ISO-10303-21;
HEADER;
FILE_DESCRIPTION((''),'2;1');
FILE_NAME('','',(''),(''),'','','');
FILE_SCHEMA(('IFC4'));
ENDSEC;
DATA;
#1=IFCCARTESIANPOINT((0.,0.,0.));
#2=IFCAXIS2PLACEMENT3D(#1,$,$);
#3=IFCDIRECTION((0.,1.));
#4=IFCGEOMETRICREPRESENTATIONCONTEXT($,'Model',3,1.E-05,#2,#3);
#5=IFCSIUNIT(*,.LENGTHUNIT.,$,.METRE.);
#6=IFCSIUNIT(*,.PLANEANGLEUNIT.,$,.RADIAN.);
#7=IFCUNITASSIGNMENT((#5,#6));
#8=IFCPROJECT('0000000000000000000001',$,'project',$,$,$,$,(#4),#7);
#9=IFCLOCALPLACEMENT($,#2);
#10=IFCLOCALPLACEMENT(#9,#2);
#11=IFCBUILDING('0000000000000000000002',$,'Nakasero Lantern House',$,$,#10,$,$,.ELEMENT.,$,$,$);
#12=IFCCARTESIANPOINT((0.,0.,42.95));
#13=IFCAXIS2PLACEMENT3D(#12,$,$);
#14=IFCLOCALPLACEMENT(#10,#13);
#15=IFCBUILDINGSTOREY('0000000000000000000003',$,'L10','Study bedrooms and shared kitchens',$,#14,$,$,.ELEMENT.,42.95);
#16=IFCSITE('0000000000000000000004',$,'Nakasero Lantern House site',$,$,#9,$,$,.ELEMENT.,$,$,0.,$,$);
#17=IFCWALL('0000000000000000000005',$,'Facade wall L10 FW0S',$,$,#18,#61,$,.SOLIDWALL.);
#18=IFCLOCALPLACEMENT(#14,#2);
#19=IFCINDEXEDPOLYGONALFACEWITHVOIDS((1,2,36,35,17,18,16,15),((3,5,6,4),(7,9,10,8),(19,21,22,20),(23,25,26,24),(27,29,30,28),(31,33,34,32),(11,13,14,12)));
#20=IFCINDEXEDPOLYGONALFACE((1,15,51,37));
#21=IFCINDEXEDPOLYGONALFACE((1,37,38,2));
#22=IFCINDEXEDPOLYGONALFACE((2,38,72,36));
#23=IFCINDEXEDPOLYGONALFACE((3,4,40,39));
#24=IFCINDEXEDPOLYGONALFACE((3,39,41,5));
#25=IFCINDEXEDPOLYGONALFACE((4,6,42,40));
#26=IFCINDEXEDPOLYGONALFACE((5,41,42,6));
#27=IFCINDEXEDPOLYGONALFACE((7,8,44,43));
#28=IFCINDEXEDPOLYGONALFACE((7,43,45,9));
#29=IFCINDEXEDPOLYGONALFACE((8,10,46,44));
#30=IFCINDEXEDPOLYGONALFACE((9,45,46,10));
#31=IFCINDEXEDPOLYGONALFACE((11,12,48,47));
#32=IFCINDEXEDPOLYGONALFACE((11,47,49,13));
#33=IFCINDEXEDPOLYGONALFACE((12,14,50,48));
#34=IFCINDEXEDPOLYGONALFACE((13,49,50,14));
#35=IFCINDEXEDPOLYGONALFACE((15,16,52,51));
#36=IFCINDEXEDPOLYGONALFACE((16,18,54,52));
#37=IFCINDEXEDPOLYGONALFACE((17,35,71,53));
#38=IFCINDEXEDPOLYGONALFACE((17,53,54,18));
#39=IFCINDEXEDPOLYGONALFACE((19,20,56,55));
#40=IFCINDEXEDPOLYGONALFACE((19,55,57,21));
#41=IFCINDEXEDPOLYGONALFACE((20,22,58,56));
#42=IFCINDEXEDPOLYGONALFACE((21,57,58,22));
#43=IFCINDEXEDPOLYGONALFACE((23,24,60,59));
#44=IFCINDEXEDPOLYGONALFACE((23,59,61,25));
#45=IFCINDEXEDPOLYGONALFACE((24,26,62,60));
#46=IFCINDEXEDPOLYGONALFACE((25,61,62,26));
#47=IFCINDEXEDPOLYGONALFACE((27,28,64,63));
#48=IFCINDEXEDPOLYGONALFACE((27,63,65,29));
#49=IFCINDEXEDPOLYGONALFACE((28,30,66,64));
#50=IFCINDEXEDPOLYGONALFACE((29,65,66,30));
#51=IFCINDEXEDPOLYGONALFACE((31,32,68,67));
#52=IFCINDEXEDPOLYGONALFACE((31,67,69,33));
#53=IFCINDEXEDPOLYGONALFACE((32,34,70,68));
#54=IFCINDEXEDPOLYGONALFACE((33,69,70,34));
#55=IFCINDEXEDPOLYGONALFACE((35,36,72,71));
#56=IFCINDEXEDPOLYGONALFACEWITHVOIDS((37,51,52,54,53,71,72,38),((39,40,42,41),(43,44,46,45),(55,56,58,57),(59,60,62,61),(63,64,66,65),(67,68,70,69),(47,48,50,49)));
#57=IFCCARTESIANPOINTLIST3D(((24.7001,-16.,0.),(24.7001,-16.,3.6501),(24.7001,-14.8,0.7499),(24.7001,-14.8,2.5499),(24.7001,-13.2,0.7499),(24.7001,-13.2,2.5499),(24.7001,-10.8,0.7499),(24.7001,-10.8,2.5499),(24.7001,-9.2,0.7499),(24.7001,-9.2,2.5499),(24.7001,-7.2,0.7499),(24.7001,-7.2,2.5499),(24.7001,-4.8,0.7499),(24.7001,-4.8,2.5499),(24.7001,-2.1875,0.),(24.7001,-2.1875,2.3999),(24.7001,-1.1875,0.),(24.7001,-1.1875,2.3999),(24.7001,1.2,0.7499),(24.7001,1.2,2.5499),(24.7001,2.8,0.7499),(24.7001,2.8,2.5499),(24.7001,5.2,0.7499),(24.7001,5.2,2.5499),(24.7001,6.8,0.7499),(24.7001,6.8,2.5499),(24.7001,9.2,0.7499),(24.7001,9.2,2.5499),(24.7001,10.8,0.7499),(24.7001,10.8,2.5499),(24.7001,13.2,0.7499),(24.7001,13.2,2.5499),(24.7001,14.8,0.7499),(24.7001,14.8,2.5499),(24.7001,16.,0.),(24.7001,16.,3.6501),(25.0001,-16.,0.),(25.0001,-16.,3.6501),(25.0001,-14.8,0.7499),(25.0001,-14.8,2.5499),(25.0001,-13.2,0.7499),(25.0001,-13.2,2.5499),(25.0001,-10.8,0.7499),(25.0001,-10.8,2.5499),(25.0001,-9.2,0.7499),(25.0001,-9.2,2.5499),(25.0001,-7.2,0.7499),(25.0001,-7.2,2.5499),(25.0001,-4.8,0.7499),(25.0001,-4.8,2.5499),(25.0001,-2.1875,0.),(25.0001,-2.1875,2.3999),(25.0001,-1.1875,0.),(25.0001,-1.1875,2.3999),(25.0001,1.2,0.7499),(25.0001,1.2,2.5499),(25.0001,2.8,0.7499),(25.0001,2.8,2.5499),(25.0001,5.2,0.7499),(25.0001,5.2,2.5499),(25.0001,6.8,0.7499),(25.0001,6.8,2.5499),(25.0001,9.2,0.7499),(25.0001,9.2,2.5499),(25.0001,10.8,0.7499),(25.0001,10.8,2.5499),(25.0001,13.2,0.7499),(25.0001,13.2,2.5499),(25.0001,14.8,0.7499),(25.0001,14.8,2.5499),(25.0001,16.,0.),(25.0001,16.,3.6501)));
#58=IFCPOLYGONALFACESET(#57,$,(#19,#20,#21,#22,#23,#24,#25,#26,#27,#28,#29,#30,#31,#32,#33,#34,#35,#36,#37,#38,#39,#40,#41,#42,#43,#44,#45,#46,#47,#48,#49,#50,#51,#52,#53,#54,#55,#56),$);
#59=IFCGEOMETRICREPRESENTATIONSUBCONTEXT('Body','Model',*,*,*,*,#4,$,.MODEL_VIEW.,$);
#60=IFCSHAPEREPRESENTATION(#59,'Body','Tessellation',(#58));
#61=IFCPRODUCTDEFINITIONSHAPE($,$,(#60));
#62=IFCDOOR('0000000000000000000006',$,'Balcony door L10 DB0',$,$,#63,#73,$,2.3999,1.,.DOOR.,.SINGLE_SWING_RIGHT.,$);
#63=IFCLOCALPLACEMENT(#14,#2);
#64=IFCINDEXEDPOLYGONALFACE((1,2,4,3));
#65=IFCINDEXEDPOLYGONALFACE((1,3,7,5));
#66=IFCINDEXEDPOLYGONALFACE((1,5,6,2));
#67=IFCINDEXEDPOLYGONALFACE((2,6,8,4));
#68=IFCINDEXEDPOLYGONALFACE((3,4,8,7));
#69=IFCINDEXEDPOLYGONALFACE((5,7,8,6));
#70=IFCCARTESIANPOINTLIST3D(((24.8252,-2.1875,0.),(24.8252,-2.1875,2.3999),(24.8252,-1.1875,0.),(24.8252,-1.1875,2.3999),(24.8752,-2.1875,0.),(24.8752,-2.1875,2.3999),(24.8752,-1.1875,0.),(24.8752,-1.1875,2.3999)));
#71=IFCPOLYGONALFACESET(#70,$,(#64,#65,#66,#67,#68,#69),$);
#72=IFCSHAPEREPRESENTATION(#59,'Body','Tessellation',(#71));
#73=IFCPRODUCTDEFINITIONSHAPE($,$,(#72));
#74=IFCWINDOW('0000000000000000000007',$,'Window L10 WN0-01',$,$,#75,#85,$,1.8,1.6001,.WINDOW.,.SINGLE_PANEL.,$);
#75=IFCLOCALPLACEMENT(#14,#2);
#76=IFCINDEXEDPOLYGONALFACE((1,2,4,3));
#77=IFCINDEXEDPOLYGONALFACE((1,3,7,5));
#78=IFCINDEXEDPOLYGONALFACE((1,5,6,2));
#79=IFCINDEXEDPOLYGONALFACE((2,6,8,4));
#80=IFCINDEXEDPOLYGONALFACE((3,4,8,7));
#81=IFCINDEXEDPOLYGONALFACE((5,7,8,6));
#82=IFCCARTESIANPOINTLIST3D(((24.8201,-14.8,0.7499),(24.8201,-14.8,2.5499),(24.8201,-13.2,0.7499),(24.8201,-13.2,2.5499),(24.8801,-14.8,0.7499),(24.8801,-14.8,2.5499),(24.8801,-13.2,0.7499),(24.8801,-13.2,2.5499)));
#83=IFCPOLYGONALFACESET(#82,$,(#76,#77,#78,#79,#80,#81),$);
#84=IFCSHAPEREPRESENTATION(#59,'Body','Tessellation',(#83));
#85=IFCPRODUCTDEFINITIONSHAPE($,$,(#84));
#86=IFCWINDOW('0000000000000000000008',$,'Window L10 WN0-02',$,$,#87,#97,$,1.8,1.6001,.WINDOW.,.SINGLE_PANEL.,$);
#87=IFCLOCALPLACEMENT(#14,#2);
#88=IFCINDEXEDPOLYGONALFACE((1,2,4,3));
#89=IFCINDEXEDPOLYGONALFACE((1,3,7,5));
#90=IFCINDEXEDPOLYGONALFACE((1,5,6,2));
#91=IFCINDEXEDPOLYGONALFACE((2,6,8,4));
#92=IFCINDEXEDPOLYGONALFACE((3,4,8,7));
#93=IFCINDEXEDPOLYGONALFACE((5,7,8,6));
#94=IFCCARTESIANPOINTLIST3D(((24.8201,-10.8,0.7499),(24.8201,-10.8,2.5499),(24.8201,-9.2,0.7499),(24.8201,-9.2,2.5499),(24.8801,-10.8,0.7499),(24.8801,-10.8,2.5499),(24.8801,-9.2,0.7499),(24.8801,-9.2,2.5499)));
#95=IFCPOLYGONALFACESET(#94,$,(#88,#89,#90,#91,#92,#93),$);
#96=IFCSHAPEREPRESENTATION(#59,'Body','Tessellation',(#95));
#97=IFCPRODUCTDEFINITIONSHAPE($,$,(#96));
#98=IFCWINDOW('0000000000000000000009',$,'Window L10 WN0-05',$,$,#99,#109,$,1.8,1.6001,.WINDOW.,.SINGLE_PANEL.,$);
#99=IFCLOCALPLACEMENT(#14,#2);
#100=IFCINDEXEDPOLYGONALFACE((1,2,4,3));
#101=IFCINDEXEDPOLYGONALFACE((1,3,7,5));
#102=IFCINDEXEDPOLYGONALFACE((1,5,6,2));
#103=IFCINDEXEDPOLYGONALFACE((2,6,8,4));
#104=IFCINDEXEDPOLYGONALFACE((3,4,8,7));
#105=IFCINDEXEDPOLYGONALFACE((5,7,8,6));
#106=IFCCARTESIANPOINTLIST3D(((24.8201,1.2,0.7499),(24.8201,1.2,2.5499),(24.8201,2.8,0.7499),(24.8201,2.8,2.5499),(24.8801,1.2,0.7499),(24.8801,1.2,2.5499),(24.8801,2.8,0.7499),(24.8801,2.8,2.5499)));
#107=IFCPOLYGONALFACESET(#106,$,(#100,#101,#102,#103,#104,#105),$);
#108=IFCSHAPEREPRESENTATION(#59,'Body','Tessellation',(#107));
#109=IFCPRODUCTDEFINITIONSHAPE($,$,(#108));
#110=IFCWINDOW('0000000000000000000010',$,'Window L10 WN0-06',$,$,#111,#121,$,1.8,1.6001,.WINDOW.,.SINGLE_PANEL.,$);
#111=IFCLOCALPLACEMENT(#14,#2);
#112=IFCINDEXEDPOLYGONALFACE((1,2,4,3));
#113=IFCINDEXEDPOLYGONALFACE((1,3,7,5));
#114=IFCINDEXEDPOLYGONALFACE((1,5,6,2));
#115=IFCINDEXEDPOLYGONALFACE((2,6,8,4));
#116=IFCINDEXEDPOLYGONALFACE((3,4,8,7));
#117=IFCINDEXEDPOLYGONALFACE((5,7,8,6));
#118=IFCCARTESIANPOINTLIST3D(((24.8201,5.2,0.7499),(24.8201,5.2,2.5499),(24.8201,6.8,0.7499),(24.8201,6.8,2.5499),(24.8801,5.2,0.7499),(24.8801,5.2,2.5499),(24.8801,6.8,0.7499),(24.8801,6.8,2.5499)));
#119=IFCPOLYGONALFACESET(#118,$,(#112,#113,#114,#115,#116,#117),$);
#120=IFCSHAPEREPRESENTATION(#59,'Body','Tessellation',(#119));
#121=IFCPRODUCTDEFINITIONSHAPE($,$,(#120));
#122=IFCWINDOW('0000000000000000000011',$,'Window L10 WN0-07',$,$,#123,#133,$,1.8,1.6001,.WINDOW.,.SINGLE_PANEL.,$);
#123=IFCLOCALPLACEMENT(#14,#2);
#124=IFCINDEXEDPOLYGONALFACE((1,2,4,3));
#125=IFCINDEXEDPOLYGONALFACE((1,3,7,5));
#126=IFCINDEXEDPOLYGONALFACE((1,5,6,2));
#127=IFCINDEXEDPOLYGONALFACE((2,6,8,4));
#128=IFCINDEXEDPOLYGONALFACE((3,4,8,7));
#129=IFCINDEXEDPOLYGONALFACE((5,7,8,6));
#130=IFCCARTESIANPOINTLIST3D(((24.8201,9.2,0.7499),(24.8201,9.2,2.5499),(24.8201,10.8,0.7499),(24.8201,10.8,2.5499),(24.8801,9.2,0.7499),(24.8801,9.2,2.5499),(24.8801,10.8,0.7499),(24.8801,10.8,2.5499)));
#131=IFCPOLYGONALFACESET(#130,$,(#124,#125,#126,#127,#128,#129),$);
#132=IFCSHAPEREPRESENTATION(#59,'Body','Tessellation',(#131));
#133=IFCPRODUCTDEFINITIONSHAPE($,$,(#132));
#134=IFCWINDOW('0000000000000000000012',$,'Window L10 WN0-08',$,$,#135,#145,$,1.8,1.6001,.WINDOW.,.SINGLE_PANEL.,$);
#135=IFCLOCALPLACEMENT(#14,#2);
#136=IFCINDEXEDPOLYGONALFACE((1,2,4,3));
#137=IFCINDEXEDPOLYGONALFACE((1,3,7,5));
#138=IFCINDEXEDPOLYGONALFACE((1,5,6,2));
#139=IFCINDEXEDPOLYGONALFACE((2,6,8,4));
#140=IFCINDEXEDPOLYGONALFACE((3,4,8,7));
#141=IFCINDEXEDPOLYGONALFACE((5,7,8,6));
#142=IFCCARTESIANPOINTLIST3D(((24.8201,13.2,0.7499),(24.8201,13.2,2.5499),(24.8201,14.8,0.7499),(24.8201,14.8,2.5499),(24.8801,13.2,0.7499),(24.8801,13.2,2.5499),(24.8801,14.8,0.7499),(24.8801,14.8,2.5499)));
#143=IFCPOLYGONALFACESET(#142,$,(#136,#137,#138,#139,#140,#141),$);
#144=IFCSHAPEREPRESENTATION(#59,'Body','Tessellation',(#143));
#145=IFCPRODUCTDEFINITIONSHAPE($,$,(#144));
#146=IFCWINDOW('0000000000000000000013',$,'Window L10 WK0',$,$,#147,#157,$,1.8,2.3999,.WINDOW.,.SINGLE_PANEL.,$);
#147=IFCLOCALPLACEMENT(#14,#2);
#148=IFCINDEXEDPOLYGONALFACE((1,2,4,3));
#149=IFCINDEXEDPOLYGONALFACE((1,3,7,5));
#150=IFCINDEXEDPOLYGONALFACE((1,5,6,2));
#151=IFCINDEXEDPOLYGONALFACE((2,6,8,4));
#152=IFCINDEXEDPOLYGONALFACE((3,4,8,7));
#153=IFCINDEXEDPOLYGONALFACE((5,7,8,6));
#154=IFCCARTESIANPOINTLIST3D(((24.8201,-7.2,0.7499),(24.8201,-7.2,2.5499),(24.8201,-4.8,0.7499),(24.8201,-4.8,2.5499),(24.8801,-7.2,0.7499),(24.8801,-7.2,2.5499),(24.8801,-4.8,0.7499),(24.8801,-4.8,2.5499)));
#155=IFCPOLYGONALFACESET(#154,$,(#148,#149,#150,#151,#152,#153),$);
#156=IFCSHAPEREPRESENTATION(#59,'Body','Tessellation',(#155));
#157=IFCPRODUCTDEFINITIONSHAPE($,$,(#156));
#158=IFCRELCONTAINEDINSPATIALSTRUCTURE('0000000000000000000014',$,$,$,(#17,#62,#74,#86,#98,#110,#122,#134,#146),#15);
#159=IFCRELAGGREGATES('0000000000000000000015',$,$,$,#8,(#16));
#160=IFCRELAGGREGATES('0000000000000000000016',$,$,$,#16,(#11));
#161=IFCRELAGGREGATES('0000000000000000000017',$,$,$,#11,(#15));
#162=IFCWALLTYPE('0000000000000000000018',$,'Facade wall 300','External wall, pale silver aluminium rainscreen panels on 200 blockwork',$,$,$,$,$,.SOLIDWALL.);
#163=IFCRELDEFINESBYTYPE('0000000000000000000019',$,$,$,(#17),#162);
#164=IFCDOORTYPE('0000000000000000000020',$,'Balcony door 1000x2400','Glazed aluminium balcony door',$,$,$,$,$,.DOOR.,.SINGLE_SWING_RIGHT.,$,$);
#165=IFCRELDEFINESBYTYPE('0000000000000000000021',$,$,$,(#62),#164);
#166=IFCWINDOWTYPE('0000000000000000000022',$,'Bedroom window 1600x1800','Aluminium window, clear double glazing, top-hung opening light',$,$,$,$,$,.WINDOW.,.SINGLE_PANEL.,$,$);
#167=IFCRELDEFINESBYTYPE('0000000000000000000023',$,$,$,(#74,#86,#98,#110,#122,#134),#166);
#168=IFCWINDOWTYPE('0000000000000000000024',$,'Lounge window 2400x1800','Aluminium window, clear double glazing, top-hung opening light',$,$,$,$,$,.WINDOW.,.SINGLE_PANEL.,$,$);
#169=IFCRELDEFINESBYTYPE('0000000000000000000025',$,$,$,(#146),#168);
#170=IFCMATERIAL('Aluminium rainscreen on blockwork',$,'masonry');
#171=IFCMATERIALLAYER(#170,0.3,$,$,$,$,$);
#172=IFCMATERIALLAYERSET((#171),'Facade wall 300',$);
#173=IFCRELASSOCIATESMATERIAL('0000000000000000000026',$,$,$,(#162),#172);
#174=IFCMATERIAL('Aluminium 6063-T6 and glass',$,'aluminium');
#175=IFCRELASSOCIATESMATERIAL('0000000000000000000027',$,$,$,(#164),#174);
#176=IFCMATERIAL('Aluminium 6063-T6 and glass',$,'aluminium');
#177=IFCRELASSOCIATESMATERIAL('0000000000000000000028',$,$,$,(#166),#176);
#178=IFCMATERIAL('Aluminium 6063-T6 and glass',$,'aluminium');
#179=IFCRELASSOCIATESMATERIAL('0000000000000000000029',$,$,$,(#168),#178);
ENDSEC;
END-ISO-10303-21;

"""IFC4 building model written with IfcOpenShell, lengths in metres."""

from ifc_helpers import new_model, si_unit, direction, frame, frame_2d, origin, place, context, subcontext, project, spatial, rectangle, extrude, material, layer, layer_set, type_object, element, fill, save


model = new_model("IFC4")

# Units and contexts
model_context = context("Model", 3, precision=1e-05, world=origin(), true_north=direction((0.0, 1.0)))
body_context = subcontext(model_context, "Body", "Model", "MODEL_VIEW")
ifc_project = project(units=[si_unit("LENGTHUNIT", "METRE"), si_unit("PLANEANGLEUNIT", "RADIAN")], contexts=[model_context])

# Site, building, storey
site_placement = place(None, origin())
site = spatial("IfcSite", under=ifc_project, at=site_placement, Name="Nakasero Lantern House site", CompositionType="ELEMENT", RefElevation=0.0)
building_placement = place(site_placement, origin())
building = spatial("IfcBuilding", under=site, at=building_placement, Name="Nakasero Lantern House", CompositionType="ELEMENT")
storey_placement = place(building_placement, frame((0.0, 0.0, 42.95)))
storey = spatial("IfcBuildingStorey", under=building, at=storey_placement, Name="L10", Description="Study bedrooms and shared kitchens", CompositionType="ELEMENT", Elevation=42.95)

# Wall, openings, door, windows
ifc_material_1 = material(Name="Aluminium rainscreen on blockwork", Category="masonry")
ifc_layer_1 = layer(ifc_material_1, 0.3)
ifc_layer_set_1 = layer_set([ifc_layer_1], Name="Facade wall 300")
wall_type_1 = type_object("IfcWallType", Name="Facade wall 300", Description="External wall, pale silver aluminium rainscreen panels on 200 blockwork", PredefinedType="SOLIDWALL", material=ifc_layer_set_1)
wall_1_placement = place(storey_placement, frame((24.8501, -16.0, 0.0), z_axis=(0.0, 0.0, 1.0), x_axis=(0.0, 1.0, 0.0)))
wall_1 = element("IfcWall", 1, at=wall_1_placement, inside=storey, type_object=wall_type_1, Name="Facade wall L10 FW0S", PredefinedType="SOLIDWALL", context=body_context, shape_type="SweptSolid", body=[
    extrude(rectangle(XDim=32.0, YDim=0.3, at=frame_2d((16.0, 0.0))), origin(), (0.0, 0.0, 1.0), 3.6501),
])
opening_1_placement = place(wall_1_placement, frame((1.2, 0.0, 0.75)))
opening_1 = element("IfcOpeningElement", 2, at=opening_1_placement, cuts=wall_1, PredefinedType="OPENING", context=body_context, shape_type="SweptSolid", body=[
    extrude(rectangle(XDim=1.6001, YDim=1.8, at=frame_2d((0.8, 0.8999))), frame((0.0, 0.1699, 0.0), z_axis=(0.0, -1.0, 0.0), x_axis=(1.0, 0.0, 0.0)), (0.0, 0.0, 1.0), 0.3401),
])
opening_2_placement = place(wall_1_placement, frame((5.2, 0.0, 0.75)))
opening_2 = element("IfcOpeningElement", 3, at=opening_2_placement, cuts=wall_1, PredefinedType="OPENING", context=body_context, shape_type="SweptSolid", body=[
    extrude(rectangle(XDim=1.6001, YDim=1.8, at=frame_2d((0.8, 0.8999))), frame((0.0, 0.1699, 0.0), z_axis=(0.0, -1.0, 0.0), x_axis=(1.0, 0.0, 0.0)), (0.0, 0.0, 1.0), 0.3401),
])
opening_3_placement = place(wall_1_placement, frame((17.2, 0.0, 0.75)))
opening_3 = element("IfcOpeningElement", 4, at=opening_3_placement, cuts=wall_1, PredefinedType="OPENING", context=body_context, shape_type="SweptSolid", body=[
    extrude(rectangle(XDim=1.6001, YDim=1.8, at=frame_2d((0.8, 0.8999))), frame((0.0, 0.1699, 0.0), z_axis=(0.0, -1.0, 0.0), x_axis=(1.0, 0.0, 0.0)), (0.0, 0.0, 1.0), 0.3401),
])
opening_4_placement = place(wall_1_placement, frame((21.2, 0.0, 0.75)))
opening_4 = element("IfcOpeningElement", 5, at=opening_4_placement, cuts=wall_1, PredefinedType="OPENING", context=body_context, shape_type="SweptSolid", body=[
    extrude(rectangle(XDim=1.6001, YDim=1.8, at=frame_2d((0.8, 0.8999))), frame((0.0, 0.1699, 0.0), z_axis=(0.0, -1.0, 0.0), x_axis=(1.0, 0.0, 0.0)), (0.0, 0.0, 1.0), 0.3401),
])
opening_5_placement = place(wall_1_placement, frame((25.2, 0.0, 0.75)))
opening_5 = element("IfcOpeningElement", 6, at=opening_5_placement, cuts=wall_1, PredefinedType="OPENING", context=body_context, shape_type="SweptSolid", body=[
    extrude(rectangle(XDim=1.6001, YDim=1.8, at=frame_2d((0.8, 0.8999))), frame((0.0, 0.1699, 0.0), z_axis=(0.0, -1.0, 0.0), x_axis=(1.0, 0.0, 0.0)), (0.0, 0.0, 1.0), 0.3401),
])
opening_6_placement = place(wall_1_placement, frame((29.2, 0.0, 0.75)))
opening_6 = element("IfcOpeningElement", 7, at=opening_6_placement, cuts=wall_1, PredefinedType="OPENING", context=body_context, shape_type="SweptSolid", body=[
    extrude(rectangle(XDim=1.6001, YDim=1.8, at=frame_2d((0.8, 0.8999))), frame((0.0, 0.1699, 0.0), z_axis=(0.0, -1.0, 0.0), x_axis=(1.0, 0.0, 0.0)), (0.0, 0.0, 1.0), 0.3401),
])
opening_7_placement = place(wall_1_placement, frame((8.8, 0.0, 0.75)))
opening_7 = element("IfcOpeningElement", 8, at=opening_7_placement, cuts=wall_1, PredefinedType="OPENING", context=body_context, shape_type="SweptSolid", body=[
    extrude(rectangle(XDim=2.3999, YDim=1.8, at=frame_2d((1.2, 0.8999))), frame((0.0, 0.1699, 0.0), z_axis=(0.0, -1.0, 0.0), x_axis=(1.0, 0.0, 0.0)), (0.0, 0.0, 1.0), 0.3401),
])
opening_8_placement = place(wall_1_placement, frame((13.8125, 0.0, 0.0)))
opening_8 = element("IfcOpeningElement", 9, at=opening_8_placement, cuts=wall_1, PredefinedType="OPENING", context=body_context, shape_type="SweptSolid", body=[
    extrude(rectangle(XDim=1.0, YDim=2.3999, at=frame_2d((0.5, 1.2))), frame((0.0, 0.1699, 0.0), z_axis=(0.0, -1.0, 0.0), x_axis=(1.0, 0.0, 0.0)), (0.0, 0.0, 1.0), 0.3401),
])
ifc_material_2 = material(Name="Aluminium 6063-T6 and glass", Category="aluminium")
door_type_1 = type_object("IfcDoorType", Name="Balcony door 1000x2400", Description="Glazed aluminium balcony door", OperationType="SINGLE_SWING_RIGHT", PredefinedType="DOOR", material=ifc_material_2)
door_1_placement = place(opening_8_placement, origin())
door_1 = element("IfcDoor", 10, at=door_1_placement, inside=storey, type_object=door_type_1, Name="Balcony door L10 DB0", OperationType="SINGLE_SWING_RIGHT", OverallHeight=2.3999, OverallWidth=1.0, PredefinedType="DOOR", context=body_context, shape_type="SweptSolid", body=[
    extrude(rectangle(XDim=1.0, YDim=2.3999, at=frame_2d((0.5, 1.2))), frame((0.0, 0.0249, 0.0), z_axis=(0.0, -1.0, 0.0), x_axis=(1.0, 0.0, 0.0)), (0.0, 0.0, 1.0), 0.05),
])
fill(opening_8, door_1)
ifc_material_3 = material(Name="Aluminium 6063-T6 and glass", Category="aluminium")
window_type_1 = type_object("IfcWindowType", Name="Bedroom window 1600x1800", Description="Aluminium window, clear double glazing, top-hung opening light", PartitioningType="SINGLE_PANEL", PredefinedType="WINDOW", material=ifc_material_3)
window_1_placement = place(opening_1_placement, origin())
window_1 = element("IfcWindow", 11, at=window_1_placement, inside=storey, type_object=window_type_1, Name="Window L10 WN0-01", OverallHeight=1.8, OverallWidth=1.6001, PartitioningType="SINGLE_PANEL", PredefinedType="WINDOW", context=body_context, shape_type="SweptSolid", body=[
    extrude(rectangle(XDim=1.6001, YDim=1.8, at=frame_2d((0.8, 0.8999))), frame((0.0, 0.03, 0.0), z_axis=(0.0, -1.0, 0.0), x_axis=(1.0, 0.0, 0.0)), (0.0, 0.0, 1.0), 0.0601),
])
fill(opening_1, window_1)
window_2_placement = place(opening_2_placement, origin())
window_2 = element("IfcWindow", 12, at=window_2_placement, inside=storey, type_object=window_type_1, Name="Window L10 WN0-02", OverallHeight=1.8, OverallWidth=1.6001, PartitioningType="SINGLE_PANEL", PredefinedType="WINDOW", context=body_context, shape_type="SweptSolid", body=[
    extrude(rectangle(XDim=1.6001, YDim=1.8, at=frame_2d((0.8, 0.8999))), frame((0.0, 0.03, 0.0), z_axis=(0.0, -1.0, 0.0), x_axis=(1.0, 0.0, 0.0)), (0.0, 0.0, 1.0), 0.0601),
])
fill(opening_2, window_2)
window_3_placement = place(opening_3_placement, origin())
window_3 = element("IfcWindow", 13, at=window_3_placement, inside=storey, type_object=window_type_1, Name="Window L10 WN0-05", OverallHeight=1.8, OverallWidth=1.6001, PartitioningType="SINGLE_PANEL", PredefinedType="WINDOW", context=body_context, shape_type="SweptSolid", body=[
    extrude(rectangle(XDim=1.6001, YDim=1.8, at=frame_2d((0.8, 0.8999))), frame((0.0, 0.03, 0.0), z_axis=(0.0, -1.0, 0.0), x_axis=(1.0, 0.0, 0.0)), (0.0, 0.0, 1.0), 0.0601),
])
fill(opening_3, window_3)
window_4_placement = place(opening_4_placement, origin())
window_4 = element("IfcWindow", 14, at=window_4_placement, inside=storey, type_object=window_type_1, Name="Window L10 WN0-06", OverallHeight=1.8, OverallWidth=1.6001, PartitioningType="SINGLE_PANEL", PredefinedType="WINDOW", context=body_context, shape_type="SweptSolid", body=[
    extrude(rectangle(XDim=1.6001, YDim=1.8, at=frame_2d((0.8, 0.8999))), frame((0.0, 0.03, 0.0), z_axis=(0.0, -1.0, 0.0), x_axis=(1.0, 0.0, 0.0)), (0.0, 0.0, 1.0), 0.0601),
])
fill(opening_4, window_4)
window_5_placement = place(opening_5_placement, origin())
window_5 = element("IfcWindow", 15, at=window_5_placement, inside=storey, type_object=window_type_1, Name="Window L10 WN0-07", OverallHeight=1.8, OverallWidth=1.6001, PartitioningType="SINGLE_PANEL", PredefinedType="WINDOW", context=body_context, shape_type="SweptSolid", body=[
    extrude(rectangle(XDim=1.6001, YDim=1.8, at=frame_2d((0.8, 0.8999))), frame((0.0, 0.03, 0.0), z_axis=(0.0, -1.0, 0.0), x_axis=(1.0, 0.0, 0.0)), (0.0, 0.0, 1.0), 0.0601),
])
fill(opening_5, window_5)
window_6_placement = place(opening_6_placement, origin())
window_6 = element("IfcWindow", 16, at=window_6_placement, inside=storey, type_object=window_type_1, Name="Window L10 WN0-08", OverallHeight=1.8, OverallWidth=1.6001, PartitioningType="SINGLE_PANEL", PredefinedType="WINDOW", context=body_context, shape_type="SweptSolid", body=[
    extrude(rectangle(XDim=1.6001, YDim=1.8, at=frame_2d((0.8, 0.8999))), frame((0.0, 0.03, 0.0), z_axis=(0.0, -1.0, 0.0), x_axis=(1.0, 0.0, 0.0)), (0.0, 0.0, 1.0), 0.0601),
])
fill(opening_6, window_6)
ifc_material_4 = material(Name="Aluminium 6063-T6 and glass", Category="aluminium")
window_type_2 = type_object("IfcWindowType", Name="Lounge window 2400x1800", Description="Aluminium window, clear double glazing, top-hung opening light", PartitioningType="SINGLE_PANEL", PredefinedType="WINDOW", material=ifc_material_4)
window_7_placement = place(opening_7_placement, origin())
window_7 = element("IfcWindow", 17, at=window_7_placement, inside=storey, type_object=window_type_2, Name="Window L10 WK0", OverallHeight=1.8, OverallWidth=2.3999, PartitioningType="SINGLE_PANEL", PredefinedType="WINDOW", context=body_context, shape_type="SweptSolid", body=[
    extrude(rectangle(XDim=2.3999, YDim=1.8, at=frame_2d((1.2, 0.8999))), frame((0.0, 0.03, 0.0), z_axis=(0.0, -1.0, 0.0), x_axis=(1.0, 0.0, 0.0)), (0.0, 0.0, 1.0), 0.0601),
])
fill(opening_7, window_7)

save(model, "model.ifc")
